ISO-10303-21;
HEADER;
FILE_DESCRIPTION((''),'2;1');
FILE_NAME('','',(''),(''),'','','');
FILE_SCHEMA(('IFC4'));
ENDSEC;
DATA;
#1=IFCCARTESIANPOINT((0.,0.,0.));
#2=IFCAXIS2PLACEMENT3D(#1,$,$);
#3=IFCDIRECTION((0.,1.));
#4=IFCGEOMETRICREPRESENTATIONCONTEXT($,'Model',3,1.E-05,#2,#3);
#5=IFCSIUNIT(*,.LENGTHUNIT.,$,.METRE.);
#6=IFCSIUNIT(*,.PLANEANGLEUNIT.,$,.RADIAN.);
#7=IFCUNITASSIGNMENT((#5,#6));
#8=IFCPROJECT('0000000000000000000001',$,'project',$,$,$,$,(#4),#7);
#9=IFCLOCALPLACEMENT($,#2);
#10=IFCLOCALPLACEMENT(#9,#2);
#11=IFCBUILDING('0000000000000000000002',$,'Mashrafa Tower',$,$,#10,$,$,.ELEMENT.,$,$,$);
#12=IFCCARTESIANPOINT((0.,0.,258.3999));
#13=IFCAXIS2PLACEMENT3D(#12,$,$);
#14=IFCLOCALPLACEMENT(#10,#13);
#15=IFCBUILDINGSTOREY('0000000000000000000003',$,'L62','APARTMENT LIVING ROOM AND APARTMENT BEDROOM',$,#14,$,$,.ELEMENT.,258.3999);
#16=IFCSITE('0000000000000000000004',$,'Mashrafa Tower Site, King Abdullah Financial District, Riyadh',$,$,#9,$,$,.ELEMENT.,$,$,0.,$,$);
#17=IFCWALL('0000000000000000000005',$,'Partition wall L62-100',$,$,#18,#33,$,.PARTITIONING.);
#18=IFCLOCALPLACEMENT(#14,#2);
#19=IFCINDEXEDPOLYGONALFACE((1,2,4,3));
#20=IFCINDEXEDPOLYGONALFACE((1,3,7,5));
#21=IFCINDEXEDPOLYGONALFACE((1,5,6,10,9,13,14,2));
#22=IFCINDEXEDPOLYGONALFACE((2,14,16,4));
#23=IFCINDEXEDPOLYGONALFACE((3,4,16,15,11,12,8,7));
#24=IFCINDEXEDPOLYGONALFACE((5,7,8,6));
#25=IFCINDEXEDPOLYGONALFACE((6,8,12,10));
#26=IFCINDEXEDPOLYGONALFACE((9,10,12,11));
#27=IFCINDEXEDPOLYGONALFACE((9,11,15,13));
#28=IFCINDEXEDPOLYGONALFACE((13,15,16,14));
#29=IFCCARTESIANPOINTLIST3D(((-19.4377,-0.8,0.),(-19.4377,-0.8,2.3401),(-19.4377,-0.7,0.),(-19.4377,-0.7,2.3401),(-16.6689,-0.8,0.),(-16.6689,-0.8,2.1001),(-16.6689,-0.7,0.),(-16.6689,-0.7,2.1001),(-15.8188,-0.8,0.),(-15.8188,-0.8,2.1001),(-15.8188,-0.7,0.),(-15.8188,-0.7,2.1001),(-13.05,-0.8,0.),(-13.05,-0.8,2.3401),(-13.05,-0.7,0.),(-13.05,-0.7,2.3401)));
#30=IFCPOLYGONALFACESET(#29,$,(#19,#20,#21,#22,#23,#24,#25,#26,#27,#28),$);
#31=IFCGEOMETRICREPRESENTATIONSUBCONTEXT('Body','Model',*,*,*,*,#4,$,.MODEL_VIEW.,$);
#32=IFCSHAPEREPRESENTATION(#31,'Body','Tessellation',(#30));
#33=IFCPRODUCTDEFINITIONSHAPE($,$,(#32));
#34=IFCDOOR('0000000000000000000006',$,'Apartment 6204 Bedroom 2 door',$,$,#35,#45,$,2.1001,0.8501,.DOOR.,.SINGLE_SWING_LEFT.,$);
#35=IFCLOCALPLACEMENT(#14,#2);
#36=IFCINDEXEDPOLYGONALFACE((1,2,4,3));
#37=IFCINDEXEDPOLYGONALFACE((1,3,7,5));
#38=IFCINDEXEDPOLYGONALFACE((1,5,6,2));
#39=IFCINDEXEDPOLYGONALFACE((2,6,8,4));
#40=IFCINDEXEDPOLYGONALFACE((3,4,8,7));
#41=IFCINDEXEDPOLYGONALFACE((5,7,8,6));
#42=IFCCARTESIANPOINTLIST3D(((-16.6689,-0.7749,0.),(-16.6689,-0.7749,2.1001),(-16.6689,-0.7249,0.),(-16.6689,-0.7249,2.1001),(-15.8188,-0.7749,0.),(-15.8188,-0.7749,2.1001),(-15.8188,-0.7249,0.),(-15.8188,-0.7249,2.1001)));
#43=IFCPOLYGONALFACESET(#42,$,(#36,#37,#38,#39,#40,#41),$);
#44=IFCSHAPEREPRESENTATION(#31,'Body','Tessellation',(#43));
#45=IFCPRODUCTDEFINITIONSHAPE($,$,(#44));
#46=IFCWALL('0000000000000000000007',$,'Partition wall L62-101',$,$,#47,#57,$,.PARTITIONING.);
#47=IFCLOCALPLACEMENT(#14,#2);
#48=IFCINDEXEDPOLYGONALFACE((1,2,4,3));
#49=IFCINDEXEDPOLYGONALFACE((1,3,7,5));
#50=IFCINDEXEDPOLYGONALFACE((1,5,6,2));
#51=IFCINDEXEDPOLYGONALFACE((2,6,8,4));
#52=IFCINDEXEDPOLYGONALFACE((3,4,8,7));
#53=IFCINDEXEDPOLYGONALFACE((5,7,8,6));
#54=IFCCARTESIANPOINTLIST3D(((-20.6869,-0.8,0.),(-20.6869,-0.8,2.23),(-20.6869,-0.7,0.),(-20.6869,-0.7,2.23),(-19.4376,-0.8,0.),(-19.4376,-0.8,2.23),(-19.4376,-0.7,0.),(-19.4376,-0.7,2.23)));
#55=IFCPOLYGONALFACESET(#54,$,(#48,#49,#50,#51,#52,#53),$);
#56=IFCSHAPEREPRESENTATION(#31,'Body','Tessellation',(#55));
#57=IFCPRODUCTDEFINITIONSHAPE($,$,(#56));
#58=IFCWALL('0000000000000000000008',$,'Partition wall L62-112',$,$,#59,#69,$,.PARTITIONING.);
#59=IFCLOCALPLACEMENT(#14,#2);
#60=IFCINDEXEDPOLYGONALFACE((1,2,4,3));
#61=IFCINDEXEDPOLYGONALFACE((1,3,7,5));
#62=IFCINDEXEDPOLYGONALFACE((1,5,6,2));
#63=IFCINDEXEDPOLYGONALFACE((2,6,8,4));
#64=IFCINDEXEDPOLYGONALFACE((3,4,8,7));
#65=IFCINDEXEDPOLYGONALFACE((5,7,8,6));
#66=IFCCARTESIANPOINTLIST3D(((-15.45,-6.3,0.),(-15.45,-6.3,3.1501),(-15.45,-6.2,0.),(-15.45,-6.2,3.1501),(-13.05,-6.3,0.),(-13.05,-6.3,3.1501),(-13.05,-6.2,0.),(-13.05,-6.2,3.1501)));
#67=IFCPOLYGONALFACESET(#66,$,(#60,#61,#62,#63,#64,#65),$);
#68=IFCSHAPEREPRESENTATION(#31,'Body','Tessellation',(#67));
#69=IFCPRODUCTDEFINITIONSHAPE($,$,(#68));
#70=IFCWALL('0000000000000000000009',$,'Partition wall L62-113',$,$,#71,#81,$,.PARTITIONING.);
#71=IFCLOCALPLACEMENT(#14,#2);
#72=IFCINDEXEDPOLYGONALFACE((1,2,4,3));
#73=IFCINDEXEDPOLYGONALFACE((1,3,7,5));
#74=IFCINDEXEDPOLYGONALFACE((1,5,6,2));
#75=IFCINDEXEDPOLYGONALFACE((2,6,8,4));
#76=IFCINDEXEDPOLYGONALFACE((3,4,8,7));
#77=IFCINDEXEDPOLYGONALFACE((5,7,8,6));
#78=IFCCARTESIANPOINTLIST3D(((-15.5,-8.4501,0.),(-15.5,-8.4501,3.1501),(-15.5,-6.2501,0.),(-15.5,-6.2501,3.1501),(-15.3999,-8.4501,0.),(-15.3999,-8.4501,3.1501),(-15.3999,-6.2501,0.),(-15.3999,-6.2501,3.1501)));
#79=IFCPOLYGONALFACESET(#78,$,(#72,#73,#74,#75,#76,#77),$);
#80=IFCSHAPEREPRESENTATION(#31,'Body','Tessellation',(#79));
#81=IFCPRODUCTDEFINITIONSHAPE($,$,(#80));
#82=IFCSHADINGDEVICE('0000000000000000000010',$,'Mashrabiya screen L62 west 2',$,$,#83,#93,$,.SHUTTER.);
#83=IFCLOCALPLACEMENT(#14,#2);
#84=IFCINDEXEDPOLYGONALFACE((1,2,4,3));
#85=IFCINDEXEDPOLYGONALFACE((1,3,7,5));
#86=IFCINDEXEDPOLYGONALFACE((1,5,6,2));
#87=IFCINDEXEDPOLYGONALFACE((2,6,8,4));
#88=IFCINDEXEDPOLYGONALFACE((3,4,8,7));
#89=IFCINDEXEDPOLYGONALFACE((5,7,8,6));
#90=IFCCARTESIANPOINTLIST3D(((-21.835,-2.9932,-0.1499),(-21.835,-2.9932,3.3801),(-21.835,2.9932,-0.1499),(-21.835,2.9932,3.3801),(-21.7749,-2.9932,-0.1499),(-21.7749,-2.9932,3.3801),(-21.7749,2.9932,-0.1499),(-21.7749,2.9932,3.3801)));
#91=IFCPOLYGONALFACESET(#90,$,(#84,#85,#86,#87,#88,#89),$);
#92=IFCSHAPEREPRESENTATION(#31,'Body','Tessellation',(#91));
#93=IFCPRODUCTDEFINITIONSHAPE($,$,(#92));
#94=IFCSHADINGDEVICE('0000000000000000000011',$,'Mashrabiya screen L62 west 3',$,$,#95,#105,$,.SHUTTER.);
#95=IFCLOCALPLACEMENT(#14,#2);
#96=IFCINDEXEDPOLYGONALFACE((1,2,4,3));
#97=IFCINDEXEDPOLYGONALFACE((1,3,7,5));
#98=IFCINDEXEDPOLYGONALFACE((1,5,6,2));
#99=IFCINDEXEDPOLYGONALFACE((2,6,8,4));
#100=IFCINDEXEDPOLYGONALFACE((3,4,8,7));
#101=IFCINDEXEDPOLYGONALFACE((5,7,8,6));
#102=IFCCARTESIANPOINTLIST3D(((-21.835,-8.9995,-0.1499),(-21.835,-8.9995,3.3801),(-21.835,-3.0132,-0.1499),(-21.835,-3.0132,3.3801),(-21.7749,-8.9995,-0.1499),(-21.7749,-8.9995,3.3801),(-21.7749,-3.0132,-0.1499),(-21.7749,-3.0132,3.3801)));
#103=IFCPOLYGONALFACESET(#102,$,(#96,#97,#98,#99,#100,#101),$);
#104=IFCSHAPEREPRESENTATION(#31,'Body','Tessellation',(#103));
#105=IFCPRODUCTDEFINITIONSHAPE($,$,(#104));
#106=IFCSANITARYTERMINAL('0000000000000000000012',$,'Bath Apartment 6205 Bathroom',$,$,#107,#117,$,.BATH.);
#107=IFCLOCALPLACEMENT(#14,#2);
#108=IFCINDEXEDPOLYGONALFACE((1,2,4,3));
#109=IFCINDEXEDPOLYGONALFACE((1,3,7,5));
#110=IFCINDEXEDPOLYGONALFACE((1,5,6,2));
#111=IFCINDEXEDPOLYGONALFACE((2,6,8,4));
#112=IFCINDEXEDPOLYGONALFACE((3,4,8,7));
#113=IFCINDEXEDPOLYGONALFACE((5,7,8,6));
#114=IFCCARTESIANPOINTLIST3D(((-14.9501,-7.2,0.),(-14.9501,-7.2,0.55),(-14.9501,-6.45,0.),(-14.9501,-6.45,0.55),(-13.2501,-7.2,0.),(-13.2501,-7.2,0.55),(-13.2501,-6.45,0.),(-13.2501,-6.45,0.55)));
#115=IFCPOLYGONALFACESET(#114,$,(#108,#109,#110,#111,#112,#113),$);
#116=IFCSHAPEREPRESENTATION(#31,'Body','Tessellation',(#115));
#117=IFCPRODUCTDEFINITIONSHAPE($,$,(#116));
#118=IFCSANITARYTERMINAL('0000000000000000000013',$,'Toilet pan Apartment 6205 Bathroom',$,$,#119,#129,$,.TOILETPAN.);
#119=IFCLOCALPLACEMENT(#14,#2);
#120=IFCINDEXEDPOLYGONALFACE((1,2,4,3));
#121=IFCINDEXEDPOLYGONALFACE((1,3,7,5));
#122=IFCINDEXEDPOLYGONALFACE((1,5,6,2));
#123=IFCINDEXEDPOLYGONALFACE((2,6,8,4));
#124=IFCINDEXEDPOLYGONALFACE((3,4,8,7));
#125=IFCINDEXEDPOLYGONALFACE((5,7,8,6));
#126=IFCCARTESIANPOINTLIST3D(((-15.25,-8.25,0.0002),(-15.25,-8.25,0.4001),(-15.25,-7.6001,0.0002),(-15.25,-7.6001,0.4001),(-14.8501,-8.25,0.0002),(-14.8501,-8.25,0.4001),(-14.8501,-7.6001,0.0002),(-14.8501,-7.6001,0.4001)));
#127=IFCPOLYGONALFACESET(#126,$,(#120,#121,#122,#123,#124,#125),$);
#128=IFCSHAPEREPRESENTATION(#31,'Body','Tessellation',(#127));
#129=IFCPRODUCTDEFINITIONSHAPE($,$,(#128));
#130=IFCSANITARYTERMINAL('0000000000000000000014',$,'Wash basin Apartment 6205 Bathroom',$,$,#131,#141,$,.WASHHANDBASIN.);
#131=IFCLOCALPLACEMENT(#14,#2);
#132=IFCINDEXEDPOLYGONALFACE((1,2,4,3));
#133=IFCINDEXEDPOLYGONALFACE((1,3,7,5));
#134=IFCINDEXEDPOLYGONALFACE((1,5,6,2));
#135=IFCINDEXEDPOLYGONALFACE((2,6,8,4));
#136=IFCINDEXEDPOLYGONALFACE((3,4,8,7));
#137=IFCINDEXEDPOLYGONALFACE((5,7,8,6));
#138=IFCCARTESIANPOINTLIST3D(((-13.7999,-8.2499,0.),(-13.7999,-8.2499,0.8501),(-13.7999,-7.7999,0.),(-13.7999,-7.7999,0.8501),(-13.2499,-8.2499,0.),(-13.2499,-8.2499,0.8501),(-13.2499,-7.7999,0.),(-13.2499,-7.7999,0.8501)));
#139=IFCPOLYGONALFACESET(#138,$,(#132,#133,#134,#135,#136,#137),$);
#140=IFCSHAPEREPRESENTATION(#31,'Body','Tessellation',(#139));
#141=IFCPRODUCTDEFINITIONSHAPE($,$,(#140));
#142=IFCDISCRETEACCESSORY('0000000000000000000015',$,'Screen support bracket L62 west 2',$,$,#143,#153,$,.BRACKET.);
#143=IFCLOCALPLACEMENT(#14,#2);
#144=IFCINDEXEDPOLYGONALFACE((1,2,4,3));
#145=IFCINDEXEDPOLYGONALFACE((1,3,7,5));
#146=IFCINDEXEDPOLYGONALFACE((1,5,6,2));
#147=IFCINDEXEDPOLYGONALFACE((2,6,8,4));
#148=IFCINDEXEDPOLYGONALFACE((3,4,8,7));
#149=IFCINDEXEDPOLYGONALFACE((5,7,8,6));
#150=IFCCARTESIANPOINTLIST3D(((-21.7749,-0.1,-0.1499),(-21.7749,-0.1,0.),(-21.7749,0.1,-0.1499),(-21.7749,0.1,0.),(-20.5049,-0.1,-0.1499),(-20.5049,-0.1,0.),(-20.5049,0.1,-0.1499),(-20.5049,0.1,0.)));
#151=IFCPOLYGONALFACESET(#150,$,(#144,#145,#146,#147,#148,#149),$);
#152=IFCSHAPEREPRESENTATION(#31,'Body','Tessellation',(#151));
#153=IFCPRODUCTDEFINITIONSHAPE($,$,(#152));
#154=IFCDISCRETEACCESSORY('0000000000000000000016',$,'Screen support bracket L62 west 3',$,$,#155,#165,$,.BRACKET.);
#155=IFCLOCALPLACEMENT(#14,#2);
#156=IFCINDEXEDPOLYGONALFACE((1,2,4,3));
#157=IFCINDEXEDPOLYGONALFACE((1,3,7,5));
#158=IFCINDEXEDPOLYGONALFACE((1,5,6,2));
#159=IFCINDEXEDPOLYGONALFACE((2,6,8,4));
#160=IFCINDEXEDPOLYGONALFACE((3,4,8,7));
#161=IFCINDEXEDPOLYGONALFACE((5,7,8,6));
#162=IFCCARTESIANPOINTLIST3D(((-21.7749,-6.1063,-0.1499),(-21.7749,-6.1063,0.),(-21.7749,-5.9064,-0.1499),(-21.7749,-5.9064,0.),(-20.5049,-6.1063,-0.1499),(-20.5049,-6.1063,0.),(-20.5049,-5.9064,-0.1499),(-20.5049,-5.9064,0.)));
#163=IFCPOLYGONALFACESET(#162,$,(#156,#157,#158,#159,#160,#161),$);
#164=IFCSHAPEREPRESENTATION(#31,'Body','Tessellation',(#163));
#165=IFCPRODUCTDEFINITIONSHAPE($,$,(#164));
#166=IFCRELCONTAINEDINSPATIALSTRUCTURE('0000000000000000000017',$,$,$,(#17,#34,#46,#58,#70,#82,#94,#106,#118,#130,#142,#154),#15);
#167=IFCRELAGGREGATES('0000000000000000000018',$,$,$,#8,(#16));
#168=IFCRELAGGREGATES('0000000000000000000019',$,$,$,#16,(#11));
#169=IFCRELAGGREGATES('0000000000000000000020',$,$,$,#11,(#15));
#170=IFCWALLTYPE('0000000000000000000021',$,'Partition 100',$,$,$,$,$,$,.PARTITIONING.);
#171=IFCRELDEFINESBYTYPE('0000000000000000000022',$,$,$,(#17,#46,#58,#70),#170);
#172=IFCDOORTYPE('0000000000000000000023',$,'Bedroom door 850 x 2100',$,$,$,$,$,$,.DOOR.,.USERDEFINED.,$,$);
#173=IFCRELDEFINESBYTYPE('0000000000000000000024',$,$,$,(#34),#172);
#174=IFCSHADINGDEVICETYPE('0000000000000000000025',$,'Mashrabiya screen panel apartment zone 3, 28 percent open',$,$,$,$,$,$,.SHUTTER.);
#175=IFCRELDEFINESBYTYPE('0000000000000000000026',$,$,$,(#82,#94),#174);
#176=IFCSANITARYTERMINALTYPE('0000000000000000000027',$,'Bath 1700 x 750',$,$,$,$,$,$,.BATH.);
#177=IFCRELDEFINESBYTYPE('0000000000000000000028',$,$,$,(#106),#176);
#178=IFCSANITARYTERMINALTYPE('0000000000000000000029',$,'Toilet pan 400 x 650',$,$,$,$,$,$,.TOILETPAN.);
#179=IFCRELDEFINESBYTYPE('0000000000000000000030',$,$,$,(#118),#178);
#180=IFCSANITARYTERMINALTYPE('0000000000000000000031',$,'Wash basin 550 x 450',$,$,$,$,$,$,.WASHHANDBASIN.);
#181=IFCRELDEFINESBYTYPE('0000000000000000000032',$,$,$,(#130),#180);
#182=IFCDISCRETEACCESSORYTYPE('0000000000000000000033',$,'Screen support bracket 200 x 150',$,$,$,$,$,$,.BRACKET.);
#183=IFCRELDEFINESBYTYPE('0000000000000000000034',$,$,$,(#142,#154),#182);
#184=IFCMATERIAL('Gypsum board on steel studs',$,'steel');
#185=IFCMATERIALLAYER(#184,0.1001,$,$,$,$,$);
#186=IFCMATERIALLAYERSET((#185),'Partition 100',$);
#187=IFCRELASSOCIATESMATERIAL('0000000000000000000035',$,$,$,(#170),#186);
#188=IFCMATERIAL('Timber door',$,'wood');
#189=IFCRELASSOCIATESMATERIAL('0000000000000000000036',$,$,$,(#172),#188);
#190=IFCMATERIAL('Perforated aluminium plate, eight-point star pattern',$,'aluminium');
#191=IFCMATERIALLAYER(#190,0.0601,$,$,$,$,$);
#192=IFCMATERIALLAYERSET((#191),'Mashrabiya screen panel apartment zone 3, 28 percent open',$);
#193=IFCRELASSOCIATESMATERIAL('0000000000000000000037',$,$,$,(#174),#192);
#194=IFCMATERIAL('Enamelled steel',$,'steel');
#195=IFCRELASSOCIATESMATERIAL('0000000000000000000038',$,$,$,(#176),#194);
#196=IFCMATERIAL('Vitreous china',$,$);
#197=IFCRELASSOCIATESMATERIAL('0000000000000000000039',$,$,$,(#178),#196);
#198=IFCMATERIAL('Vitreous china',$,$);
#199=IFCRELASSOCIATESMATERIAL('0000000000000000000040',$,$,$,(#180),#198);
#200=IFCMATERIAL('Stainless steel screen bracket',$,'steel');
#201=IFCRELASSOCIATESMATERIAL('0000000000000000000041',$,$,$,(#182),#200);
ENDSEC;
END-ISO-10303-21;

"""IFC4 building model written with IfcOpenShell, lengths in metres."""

from ifc_helpers import new_model, si_unit, direction, frame, frame_2d, origin, origin_2d, place, context, subcontext, project, spatial, rectangle, extrude, source, transform, mapped, material, layer, layer_set, type_object, type_shapes, element, fill, save


model = new_model("IFC4")

# Units and contexts
model_context = context("Model", 3, precision=1e-05, world=origin(), true_north=direction((0.0, 1.0)))
body_context = subcontext(model_context, "Body", "Model", "MODEL_VIEW")
ifc_project = project(units=[si_unit("LENGTHUNIT", "METRE"), si_unit("PLANEANGLEUNIT", "RADIAN")], contexts=[model_context])

# Site, building, storey
site_placement = place(None, origin())
site = spatial("IfcSite", under=ifc_project, at=site_placement, Name="Mashrafa Tower Site, King Abdullah Financial District, Riyadh", CompositionType="ELEMENT", RefElevation=0.0)
building_placement = place(site_placement, origin())
building = spatial("IfcBuilding", under=site, at=building_placement, Name="Mashrafa Tower", CompositionType="ELEMENT")
storey_placement = place(building_placement, frame((0.0, 0.0, 258.3999)))
storey = spatial("IfcBuildingStorey", under=building, at=storey_placement, Name="L62", Description="APARTMENT LIVING ROOM AND APARTMENT BEDROOM", CompositionType="ELEMENT", Elevation=258.3999)

# Wall, opening, door
ifc_material_1 = material(Name="Gypsum board on steel studs", Category="steel")
ifc_layer_1 = layer(ifc_material_1, 0.1001)
ifc_layer_set_1 = layer_set([ifc_layer_1], Name="Partition 100")
wall_type_1 = type_object("IfcWallType", Name="Partition 100", PredefinedType="PARTITIONING", material=ifc_layer_set_1)
wall_1_placement = place(storey_placement, frame((-13.05, -0.75, 0.0), z_axis=(0.0, 0.0, 1.0), x_axis=(-1.0, 0.0, 0.0)))
wall_1 = element("IfcWall", 1, at=wall_1_placement, inside=storey, type_object=wall_type_1, Name="Partition wall L62-100", PredefinedType="PARTITIONING", context=body_context, shape_type="SweptSolid", body=[
    extrude(rectangle(XDim=6.3877, YDim=0.1001, at=frame_2d((3.1938, 0.0))), origin(), (0.0, 0.0, 1.0), 2.3401),
])
opening_placement = place(wall_1_placement, frame((2.7688, 0.0, 0.0)))
opening = element("IfcOpeningElement", 2, at=opening_placement, cuts=wall_1, PredefinedType="OPENING", context=body_context, shape_type="SweptSolid", body=[
    extrude(rectangle(XDim=0.8501, YDim=2.1001, at=frame_2d((0.425, 1.05))), frame((0.0, 0.0601, 0.0), z_axis=(0.0, -1.0, 0.0), x_axis=(1.0, 0.0, 0.0)), (0.0, 0.0, 1.0), 0.1201),
])
ifc_material_2 = material(Name="Timber door", Category="wood")
door_type = type_object("IfcDoorType", Name="Bedroom door 850 x 2100", OperationType="USERDEFINED", PredefinedType="DOOR", material=ifc_material_2)
door_placement = place(opening_placement, origin())
door = element("IfcDoor", 3, at=door_placement, inside=storey, type_object=door_type, Name="Apartment 6204 Bedroom 2 door", OperationType="SINGLE_SWING_LEFT", OverallHeight=2.1001, OverallWidth=0.8501, PredefinedType="DOOR", context=body_context, shape_type="SweptSolid", body=[
    extrude(rectangle(XDim=0.8501, YDim=2.1001, at=frame_2d((0.425, 1.05))), frame((0.0, 0.0249, 0.0), z_axis=(0.0, -1.0, 0.0), x_axis=(1.0, 0.0, 0.0)), (0.0, 0.0, 1.0), 0.05),
])
fill(opening, door)

# Walls
wall_2_placement = place(storey_placement, frame((-19.4377, -0.75, 0.0), z_axis=(0.0, 0.0, 1.0), x_axis=(-1.0, 0.0, 0.0)))
element("IfcWall", 4, at=wall_2_placement, inside=storey, type_object=wall_type_1, Name="Partition wall L62-101", PredefinedType="PARTITIONING", context=body_context, shape_type="SweptSolid", body=[
    extrude(rectangle(XDim=1.2493, YDim=0.1001, at=frame_2d((0.6245, 0.0))), origin(), (0.0, 0.0, 1.0), 2.23),
])
wall_3_placement = place(storey_placement, frame((-13.05, -6.25, 0.0), z_axis=(0.0, 0.0, 1.0), x_axis=(-1.0, 0.0, 0.0)))
element("IfcWall", 5, at=wall_3_placement, inside=storey, type_object=wall_type_1, Name="Partition wall L62-112", PredefinedType="PARTITIONING", context=body_context, shape_type="SweptSolid", body=[
    extrude(rectangle(XDim=2.3999, YDim=0.1001, at=frame_2d((1.2, 0.0))), origin(), (0.0, 0.0, 1.0), 3.1501),
])
wall_4_placement = place(storey_placement, frame((-15.45, -6.25, 0.0), z_axis=(0.0, 0.0, 1.0), x_axis=(0.0, -1.0, 0.0)))
element("IfcWall", 6, at=wall_4_placement, inside=storey, type_object=wall_type_1, Name="Partition wall L62-113", PredefinedType="PARTITIONING", context=body_context, shape_type="SweptSolid", body=[
    extrude(rectangle(XDim=2.2, YDim=0.1001, at=frame_2d((1.1001, 0.0))), origin(), (0.0, 0.0, 1.0), 3.1501),
])

# Shading devices
ifc_material_3 = material(Name="Perforated aluminium plate, eight-point star pattern", Category="aluminium")
ifc_layer_2 = layer(ifc_material_3, 0.0601)
ifc_layer_set_2 = layer_set([ifc_layer_2], Name="Mashrabiya screen panel apartment zone 3, 28 percent open")
shading_device_type = type_object("IfcShadingDeviceType", Name="Mashrabiya screen panel apartment zone 3, 28 percent open", PredefinedType="SHUTTER", material=ifc_layer_set_2)
shared_shape_1 = source(origin(), body_context, "Body", "SweptSolid", [
    extrude(rectangle(XDim=5.9863, YDim=0.0601, at=origin_2d()), origin(), (0.0, 0.0, 1.0), 3.53),
])
type_shapes(shading_device_type, [shared_shape_1])
for number, where, z_axis, x_axis, name in (
    (7, (-21.8049, 0.0, -0.1499), (0.0, 0.0, 1.0), (0.0, -1.0, 0.0), "Mashrabiya screen L62 west 2"),
    (8, (-21.8049, -6.0063, -0.1499), (0.0, 0.0, 1.0), (0.0, -1.0, 0.0), "Mashrabiya screen L62 west 3"),
):
    element("IfcShadingDevice", number, at=place(storey_placement, frame(where, z_axis=z_axis, x_axis=x_axis)), inside=storey, type_object=shading_device_type, Name=name, PredefinedType="SHUTTER", context=body_context, shape_type="MappedRepresentation", body=[
        mapped(shared_shape_1, transform((0.0, 0.0, 0.0))),
    ])

# Sanitary terminals
ifc_material_4 = material(Name="Enamelled steel", Category="steel")
sanitary_terminal_type_1 = type_object("IfcSanitaryTerminalType", Name="Bath 1700 x 750", PredefinedType="BATH", material=ifc_material_4)
sanitary_terminal_1_placement = place(storey_placement, frame((-14.1001, -6.825, 0.0), z_axis=(0.0, 0.0, 1.0), x_axis=(-1.0, 0.0, 0.0)))
element("IfcSanitaryTerminal", 9, at=sanitary_terminal_1_placement, inside=storey, type_object=sanitary_terminal_type_1, Name="Bath Apartment 6205 Bathroom", PredefinedType="BATH", context=body_context, shape_type="SweptSolid", body=[
    extrude(rectangle(XDim=1.7, YDim=0.75, at=origin_2d()), origin(), (0.0, 0.0, 1.0), 0.55),
])
ifc_material_5 = material(Name="Vitreous china")
sanitary_terminal_type_2 = type_object("IfcSanitaryTerminalType", Name="Toilet pan 400 x 650", PredefinedType="TOILETPAN", material=ifc_material_5)
sanitary_terminal_2_placement = place(storey_placement, frame((-15.05, -7.925, 0.0002), z_axis=(0.0, 0.0, 1.0), x_axis=(1.0, 0.0, 0.0)))
element("IfcSanitaryTerminal", 10, at=sanitary_terminal_2_placement, inside=storey, type_object=sanitary_terminal_type_2, Name="Toilet pan Apartment 6205 Bathroom", PredefinedType="TOILETPAN", context=body_context, shape_type="SweptSolid", body=[
    extrude(rectangle(XDim=0.3999, YDim=0.6499, at=origin_2d()), origin(), (0.0, 0.0, 1.0), 0.3999),
])
ifc_material_6 = material(Name="Vitreous china")
sanitary_terminal_type_3 = type_object("IfcSanitaryTerminalType", Name="Wash basin 550 x 450", PredefinedType="WASHHANDBASIN", material=ifc_material_6)
sanitary_terminal_3_placement = place(storey_placement, frame((-13.5249, -8.0249, 0.0), z_axis=(0.0, 0.0, 1.0), x_axis=(1.0, 0.0, 0.0)))
element("IfcSanitaryTerminal", 11, at=sanitary_terminal_3_placement, inside=storey, type_object=sanitary_terminal_type_3, Name="Wash basin Apartment 6205 Bathroom", PredefinedType="WASHHANDBASIN", context=body_context, shape_type="SweptSolid", body=[
    extrude(rectangle(XDim=0.55, YDim=0.45, at=origin_2d()), origin(), (0.0, 0.0, 1.0), 0.8501),
])

# Discrete accessories
ifc_material_7 = material(Name="Stainless steel screen bracket", Category="steel")
discrete_accessory_type = type_object("IfcDiscreteAccessoryType", Name="Screen support bracket 200 x 150", PredefinedType="BRACKET", material=ifc_material_7)
shared_shape_2 = source(origin(), body_context, "Body", "SweptSolid", [
    extrude(rectangle(XDim=0.2, YDim=1.27, at=origin_2d()), origin(), (0.0, 0.0, 1.0), 0.1499),
])
type_shapes(discrete_accessory_type, [shared_shape_2])
for number, where, z_axis, x_axis, name in (
    (12, (-21.1399, 0.0, -0.1499), (0.0, 0.0, 1.0), (0.0, -1.0, 0.0), "Screen support bracket L62 west 2"),
    (13, (-21.1399, -6.0063, -0.1499), (0.0, 0.0, 1.0), (0.0, -1.0, 0.0), "Screen support bracket L62 west 3"),
):
    element("IfcDiscreteAccessory", number, at=place(storey_placement, frame(where, z_axis=z_axis, x_axis=x_axis)), inside=storey, type_object=discrete_accessory_type, Name=name, PredefinedType="BRACKET", context=body_context, shape_type="MappedRepresentation", body=[
        mapped(shared_shape_2, transform((0.0, 0.0, 0.0))),
    ])

save(model, "model.ifc")
